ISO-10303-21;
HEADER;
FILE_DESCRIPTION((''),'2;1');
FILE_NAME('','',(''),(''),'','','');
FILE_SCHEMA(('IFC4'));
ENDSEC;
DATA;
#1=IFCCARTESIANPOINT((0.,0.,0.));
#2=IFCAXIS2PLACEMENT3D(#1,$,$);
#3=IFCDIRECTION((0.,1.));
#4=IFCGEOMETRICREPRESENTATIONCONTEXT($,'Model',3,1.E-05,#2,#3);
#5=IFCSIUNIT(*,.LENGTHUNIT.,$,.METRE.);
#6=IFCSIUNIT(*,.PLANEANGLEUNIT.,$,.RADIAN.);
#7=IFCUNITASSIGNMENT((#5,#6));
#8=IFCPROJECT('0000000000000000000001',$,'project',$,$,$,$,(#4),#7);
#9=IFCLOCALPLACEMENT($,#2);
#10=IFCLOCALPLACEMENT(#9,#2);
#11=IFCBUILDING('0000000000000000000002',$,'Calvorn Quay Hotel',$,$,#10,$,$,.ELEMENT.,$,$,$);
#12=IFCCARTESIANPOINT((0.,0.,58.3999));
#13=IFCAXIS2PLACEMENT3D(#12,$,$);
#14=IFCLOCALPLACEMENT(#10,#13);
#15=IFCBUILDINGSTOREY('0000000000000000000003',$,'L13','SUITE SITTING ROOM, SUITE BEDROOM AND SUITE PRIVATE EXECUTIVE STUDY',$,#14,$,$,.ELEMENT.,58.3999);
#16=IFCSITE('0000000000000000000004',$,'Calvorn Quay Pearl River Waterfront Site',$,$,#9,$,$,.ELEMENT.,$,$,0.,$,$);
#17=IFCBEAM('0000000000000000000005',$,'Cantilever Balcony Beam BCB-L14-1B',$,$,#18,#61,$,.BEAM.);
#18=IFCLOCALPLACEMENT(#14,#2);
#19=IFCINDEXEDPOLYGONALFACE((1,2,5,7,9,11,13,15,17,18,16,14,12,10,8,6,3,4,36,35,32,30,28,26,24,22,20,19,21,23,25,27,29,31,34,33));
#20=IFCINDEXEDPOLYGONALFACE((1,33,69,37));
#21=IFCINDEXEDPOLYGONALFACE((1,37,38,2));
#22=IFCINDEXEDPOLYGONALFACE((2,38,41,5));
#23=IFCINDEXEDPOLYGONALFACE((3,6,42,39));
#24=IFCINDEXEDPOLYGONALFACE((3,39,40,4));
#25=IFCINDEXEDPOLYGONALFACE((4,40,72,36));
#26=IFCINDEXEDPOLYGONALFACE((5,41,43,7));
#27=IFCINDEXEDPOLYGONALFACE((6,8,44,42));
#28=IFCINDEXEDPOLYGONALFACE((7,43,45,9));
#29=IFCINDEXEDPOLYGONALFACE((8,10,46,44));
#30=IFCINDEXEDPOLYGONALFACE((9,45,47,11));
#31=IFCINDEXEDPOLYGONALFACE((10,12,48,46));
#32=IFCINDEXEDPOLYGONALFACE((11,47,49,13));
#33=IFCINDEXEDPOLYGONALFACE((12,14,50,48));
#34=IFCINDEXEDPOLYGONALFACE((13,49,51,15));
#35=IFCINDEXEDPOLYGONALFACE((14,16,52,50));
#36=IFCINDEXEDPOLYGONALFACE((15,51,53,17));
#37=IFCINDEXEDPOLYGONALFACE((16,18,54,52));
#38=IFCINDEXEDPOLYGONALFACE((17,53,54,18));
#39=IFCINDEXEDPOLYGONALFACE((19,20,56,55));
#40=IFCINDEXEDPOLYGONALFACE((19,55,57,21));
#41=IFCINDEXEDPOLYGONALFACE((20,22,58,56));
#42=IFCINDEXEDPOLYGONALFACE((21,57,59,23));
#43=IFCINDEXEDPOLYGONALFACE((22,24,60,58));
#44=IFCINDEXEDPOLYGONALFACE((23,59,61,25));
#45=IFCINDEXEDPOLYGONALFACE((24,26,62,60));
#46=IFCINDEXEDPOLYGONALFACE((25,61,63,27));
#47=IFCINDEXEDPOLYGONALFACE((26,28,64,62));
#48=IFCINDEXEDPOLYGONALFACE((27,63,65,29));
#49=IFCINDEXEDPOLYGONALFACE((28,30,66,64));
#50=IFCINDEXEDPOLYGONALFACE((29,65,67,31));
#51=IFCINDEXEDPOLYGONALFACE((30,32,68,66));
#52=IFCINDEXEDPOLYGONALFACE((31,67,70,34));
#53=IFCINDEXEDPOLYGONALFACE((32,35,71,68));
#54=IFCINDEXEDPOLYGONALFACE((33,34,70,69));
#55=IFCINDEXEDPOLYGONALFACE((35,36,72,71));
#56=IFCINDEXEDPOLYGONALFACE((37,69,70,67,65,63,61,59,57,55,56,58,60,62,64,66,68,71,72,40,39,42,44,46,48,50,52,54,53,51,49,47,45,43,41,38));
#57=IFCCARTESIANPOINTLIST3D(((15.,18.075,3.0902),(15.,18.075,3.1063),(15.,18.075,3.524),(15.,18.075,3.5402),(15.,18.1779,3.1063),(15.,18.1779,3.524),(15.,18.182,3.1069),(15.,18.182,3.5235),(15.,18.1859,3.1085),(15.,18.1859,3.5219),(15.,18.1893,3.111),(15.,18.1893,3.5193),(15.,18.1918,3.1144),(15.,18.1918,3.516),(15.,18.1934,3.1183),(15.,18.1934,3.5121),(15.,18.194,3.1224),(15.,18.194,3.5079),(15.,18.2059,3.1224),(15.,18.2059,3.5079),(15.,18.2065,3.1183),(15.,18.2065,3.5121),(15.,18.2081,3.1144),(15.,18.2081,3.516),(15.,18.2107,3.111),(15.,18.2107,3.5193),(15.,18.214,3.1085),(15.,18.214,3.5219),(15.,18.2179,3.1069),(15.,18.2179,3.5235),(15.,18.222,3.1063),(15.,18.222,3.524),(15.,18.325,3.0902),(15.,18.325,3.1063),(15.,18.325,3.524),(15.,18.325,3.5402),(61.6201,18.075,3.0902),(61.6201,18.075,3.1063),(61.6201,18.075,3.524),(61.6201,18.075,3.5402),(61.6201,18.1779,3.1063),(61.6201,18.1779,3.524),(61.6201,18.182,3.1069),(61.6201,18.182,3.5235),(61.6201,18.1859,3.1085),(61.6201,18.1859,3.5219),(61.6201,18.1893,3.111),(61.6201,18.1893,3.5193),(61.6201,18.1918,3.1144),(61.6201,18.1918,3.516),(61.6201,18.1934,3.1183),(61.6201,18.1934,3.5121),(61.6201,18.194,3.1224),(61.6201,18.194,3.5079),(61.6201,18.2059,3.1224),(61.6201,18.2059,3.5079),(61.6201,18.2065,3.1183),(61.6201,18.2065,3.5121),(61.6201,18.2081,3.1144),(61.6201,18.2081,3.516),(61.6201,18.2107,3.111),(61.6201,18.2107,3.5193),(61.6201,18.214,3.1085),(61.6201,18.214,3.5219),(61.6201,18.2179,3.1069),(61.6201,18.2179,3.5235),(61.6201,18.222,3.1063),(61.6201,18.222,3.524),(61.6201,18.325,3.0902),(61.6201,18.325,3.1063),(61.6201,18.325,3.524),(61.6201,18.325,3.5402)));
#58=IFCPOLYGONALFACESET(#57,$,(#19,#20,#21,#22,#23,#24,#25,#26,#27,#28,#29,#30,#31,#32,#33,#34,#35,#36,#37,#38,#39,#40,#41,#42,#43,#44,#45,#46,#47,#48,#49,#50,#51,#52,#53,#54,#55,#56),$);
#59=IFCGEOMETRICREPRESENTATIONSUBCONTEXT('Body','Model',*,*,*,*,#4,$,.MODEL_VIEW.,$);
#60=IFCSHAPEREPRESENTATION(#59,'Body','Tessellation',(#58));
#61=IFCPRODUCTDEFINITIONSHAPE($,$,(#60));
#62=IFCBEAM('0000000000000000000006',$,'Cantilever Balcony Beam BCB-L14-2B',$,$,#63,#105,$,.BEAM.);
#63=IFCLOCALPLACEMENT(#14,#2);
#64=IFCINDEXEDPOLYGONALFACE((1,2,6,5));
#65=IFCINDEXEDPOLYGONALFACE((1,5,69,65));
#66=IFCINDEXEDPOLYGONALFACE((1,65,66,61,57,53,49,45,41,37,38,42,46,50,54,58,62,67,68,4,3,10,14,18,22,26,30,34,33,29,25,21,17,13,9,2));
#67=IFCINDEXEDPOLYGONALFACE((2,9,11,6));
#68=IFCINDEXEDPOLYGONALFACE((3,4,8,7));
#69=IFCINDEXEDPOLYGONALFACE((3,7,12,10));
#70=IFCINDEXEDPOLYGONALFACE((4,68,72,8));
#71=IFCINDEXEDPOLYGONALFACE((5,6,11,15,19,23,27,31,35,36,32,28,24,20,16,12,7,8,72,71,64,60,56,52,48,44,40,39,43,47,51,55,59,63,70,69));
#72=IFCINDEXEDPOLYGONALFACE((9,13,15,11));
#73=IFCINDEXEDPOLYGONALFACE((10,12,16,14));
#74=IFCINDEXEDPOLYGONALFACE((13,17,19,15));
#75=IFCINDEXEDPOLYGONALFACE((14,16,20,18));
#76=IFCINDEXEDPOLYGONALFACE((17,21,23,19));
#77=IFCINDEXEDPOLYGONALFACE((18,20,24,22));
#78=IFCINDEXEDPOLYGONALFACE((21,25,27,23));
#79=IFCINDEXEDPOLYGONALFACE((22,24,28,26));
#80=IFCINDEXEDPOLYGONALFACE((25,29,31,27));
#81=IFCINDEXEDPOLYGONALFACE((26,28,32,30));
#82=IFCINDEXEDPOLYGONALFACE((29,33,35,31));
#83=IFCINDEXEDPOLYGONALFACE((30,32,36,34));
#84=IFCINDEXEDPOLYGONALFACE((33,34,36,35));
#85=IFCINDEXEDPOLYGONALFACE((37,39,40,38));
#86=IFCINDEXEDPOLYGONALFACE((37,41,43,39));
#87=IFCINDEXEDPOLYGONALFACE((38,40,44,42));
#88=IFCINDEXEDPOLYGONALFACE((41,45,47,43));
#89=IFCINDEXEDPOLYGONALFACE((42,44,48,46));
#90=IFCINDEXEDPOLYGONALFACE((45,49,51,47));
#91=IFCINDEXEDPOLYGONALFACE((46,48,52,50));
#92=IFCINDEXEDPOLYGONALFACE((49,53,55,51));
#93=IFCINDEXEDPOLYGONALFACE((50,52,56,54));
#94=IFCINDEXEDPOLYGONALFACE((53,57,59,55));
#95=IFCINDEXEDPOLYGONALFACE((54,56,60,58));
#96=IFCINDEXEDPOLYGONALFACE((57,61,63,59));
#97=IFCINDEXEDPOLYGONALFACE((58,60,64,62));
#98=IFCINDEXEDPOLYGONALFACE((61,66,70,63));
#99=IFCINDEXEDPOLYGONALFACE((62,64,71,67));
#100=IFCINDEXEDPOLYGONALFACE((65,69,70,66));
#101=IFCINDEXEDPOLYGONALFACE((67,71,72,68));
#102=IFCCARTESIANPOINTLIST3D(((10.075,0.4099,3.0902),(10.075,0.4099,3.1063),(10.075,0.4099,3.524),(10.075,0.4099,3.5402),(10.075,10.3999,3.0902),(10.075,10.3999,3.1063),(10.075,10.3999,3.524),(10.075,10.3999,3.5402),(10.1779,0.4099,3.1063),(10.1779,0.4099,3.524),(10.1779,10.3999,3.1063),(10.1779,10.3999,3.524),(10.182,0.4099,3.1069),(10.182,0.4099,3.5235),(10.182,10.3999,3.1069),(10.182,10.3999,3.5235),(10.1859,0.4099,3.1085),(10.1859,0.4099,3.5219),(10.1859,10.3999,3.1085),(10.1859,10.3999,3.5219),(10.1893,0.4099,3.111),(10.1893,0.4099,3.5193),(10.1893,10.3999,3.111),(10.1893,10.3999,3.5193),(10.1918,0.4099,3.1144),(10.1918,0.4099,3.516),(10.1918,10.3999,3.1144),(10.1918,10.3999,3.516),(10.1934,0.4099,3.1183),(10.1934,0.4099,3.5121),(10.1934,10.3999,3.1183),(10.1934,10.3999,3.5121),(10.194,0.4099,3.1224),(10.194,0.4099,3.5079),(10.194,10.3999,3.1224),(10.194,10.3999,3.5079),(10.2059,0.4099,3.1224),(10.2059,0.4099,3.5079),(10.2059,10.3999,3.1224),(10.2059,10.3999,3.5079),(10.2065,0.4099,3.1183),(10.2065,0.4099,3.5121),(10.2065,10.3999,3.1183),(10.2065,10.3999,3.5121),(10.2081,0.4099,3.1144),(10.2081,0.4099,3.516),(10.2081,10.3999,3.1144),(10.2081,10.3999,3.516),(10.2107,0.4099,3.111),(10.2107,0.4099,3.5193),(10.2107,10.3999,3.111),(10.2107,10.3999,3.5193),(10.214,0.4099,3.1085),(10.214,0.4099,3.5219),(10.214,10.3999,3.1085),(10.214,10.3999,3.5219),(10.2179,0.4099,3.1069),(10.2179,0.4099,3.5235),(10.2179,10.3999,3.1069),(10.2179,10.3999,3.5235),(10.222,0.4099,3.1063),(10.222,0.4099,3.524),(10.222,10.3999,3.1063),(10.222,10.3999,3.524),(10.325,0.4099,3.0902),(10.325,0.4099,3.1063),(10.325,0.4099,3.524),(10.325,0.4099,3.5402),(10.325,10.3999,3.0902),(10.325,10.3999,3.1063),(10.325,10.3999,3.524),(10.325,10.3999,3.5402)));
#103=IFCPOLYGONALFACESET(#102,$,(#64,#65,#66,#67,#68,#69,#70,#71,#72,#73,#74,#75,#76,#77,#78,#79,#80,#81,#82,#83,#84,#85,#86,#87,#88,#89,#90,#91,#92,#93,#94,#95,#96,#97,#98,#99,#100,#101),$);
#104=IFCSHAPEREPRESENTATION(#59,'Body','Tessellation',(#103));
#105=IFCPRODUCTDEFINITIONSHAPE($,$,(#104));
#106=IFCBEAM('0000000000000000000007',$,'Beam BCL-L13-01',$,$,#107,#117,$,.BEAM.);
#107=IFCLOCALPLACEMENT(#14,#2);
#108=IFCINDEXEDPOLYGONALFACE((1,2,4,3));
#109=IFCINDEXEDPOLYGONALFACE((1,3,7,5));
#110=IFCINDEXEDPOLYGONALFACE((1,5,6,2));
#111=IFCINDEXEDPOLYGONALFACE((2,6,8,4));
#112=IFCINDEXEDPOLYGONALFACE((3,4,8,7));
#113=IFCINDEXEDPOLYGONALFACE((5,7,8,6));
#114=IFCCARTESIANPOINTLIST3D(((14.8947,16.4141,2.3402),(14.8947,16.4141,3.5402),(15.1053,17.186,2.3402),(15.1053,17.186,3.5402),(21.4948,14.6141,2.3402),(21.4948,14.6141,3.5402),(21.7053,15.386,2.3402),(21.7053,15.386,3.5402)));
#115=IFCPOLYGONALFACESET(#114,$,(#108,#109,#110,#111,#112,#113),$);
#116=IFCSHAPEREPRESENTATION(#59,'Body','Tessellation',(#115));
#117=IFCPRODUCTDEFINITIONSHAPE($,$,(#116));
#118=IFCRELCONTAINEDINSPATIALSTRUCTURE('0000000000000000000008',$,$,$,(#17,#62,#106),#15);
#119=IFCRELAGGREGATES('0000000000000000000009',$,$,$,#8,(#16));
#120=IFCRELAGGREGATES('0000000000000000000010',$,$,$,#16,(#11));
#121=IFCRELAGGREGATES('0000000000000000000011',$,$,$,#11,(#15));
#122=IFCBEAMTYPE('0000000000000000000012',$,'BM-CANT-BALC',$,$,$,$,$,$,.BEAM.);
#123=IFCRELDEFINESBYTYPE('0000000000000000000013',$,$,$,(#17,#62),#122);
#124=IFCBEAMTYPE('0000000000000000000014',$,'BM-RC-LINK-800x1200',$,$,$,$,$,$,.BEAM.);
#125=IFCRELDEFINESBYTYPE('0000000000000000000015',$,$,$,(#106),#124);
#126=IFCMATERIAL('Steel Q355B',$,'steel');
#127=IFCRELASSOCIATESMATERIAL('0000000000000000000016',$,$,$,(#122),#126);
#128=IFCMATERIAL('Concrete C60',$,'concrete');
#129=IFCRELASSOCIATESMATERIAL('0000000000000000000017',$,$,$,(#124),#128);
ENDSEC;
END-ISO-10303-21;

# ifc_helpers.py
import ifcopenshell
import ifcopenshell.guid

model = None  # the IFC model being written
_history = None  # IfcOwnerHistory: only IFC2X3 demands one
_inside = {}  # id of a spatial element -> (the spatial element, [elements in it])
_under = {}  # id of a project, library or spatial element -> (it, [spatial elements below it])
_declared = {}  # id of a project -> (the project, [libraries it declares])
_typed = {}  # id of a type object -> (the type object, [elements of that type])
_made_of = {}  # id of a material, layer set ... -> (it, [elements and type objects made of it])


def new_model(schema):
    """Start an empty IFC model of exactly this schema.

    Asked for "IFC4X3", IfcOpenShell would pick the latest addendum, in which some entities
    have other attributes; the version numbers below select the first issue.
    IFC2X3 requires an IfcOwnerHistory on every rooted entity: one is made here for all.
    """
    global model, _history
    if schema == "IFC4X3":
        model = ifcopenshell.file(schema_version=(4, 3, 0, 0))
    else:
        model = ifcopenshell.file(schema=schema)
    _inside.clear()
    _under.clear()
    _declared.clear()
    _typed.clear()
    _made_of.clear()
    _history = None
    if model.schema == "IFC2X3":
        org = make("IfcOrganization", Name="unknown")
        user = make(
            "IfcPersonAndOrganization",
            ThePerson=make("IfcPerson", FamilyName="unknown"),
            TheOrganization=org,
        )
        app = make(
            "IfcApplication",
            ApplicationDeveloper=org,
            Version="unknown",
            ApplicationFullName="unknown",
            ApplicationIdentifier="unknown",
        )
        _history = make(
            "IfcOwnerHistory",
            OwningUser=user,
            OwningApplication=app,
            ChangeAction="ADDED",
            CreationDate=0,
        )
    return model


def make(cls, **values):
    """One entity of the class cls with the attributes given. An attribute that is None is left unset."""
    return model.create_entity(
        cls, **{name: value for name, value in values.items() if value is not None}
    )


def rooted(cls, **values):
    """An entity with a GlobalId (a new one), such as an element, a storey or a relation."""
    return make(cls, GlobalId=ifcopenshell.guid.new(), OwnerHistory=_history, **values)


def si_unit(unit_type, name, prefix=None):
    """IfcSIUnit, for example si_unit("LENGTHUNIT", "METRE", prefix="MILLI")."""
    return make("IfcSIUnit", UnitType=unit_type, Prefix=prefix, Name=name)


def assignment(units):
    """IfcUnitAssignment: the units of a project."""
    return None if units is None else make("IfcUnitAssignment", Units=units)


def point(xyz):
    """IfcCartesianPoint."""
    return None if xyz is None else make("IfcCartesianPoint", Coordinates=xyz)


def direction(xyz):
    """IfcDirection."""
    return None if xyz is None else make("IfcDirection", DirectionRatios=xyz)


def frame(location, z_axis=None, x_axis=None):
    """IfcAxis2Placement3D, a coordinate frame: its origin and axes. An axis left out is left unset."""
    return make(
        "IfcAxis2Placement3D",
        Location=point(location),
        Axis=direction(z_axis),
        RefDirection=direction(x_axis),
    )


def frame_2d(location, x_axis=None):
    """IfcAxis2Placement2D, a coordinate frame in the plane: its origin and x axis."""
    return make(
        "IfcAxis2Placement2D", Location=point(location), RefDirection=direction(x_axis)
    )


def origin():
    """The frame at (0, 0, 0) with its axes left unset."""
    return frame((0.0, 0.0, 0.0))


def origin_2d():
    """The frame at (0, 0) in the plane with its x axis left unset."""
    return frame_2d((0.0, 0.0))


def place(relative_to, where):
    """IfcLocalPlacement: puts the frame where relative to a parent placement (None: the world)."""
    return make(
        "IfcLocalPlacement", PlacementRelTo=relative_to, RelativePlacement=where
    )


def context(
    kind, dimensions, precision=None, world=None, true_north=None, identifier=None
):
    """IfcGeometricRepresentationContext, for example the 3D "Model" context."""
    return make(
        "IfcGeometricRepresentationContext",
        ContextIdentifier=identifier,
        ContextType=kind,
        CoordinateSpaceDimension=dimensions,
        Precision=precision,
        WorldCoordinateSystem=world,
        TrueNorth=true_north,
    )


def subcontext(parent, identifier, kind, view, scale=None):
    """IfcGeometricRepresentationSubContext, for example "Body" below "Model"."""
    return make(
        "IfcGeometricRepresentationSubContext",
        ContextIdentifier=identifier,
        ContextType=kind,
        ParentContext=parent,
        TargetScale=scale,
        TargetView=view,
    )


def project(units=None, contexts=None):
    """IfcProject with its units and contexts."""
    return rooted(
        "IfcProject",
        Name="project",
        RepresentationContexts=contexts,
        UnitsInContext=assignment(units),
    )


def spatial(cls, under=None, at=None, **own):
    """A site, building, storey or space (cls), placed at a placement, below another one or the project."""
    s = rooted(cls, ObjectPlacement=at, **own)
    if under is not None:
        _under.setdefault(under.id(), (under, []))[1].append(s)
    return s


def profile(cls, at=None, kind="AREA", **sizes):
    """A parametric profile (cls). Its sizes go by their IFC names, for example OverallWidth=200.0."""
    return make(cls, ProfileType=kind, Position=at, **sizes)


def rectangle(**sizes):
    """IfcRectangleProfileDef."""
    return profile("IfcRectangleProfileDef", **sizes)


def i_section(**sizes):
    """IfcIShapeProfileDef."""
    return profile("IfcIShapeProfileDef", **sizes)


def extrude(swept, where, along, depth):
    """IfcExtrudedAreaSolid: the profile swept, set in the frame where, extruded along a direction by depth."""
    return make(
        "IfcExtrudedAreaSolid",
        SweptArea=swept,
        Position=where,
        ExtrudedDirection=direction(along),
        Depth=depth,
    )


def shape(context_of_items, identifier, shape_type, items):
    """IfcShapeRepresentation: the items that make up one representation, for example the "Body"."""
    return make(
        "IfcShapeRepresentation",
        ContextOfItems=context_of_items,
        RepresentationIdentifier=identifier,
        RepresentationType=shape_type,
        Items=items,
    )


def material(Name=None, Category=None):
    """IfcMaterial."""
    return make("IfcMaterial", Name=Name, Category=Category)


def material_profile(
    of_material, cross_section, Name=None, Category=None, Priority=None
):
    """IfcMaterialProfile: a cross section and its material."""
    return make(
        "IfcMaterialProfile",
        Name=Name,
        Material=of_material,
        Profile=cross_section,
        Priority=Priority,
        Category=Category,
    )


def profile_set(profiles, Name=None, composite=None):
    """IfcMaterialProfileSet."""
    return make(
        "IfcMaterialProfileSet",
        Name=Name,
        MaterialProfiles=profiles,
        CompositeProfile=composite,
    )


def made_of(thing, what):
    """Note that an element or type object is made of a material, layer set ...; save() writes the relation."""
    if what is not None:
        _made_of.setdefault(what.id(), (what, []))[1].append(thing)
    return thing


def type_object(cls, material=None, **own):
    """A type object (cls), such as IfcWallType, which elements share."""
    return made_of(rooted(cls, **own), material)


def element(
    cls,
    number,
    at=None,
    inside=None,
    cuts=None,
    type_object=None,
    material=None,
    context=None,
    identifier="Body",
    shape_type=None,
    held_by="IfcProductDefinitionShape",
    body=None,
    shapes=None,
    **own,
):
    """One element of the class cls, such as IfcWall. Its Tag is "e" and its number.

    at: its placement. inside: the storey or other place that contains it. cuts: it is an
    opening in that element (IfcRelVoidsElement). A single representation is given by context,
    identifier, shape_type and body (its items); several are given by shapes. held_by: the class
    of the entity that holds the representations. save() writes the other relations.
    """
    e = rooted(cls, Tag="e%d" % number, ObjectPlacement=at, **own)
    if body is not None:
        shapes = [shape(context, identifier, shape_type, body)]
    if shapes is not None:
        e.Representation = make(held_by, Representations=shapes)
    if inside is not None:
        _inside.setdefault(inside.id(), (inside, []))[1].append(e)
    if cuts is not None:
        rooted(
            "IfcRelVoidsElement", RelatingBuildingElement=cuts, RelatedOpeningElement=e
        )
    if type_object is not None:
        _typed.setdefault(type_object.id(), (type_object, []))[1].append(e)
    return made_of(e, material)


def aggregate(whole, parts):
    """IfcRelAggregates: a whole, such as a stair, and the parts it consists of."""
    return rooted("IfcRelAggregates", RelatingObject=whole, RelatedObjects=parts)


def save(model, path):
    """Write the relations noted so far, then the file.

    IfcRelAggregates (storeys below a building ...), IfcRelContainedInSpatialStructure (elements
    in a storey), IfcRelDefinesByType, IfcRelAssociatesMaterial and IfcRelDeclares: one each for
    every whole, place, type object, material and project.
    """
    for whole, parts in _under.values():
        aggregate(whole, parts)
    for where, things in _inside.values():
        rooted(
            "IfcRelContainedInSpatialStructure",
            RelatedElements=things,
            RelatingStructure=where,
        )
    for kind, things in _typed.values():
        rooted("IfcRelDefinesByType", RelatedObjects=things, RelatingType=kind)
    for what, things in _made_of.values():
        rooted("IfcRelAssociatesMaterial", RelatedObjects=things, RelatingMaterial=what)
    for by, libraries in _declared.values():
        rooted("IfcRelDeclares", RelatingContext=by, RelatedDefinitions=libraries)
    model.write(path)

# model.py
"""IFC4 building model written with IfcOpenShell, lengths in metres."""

from ifc_helpers import new_model, si_unit, direction, frame, origin, origin_2d, place, context, subcontext, project, spatial, rectangle, i_section, extrude, material, material_profile, profile_set, type_object, element, save


model = new_model("IFC4")

# Units and contexts
model_context = context("Model", 3, precision=1e-05, world=origin(), true_north=direction((0.0, 1.0)))
body_context = subcontext(model_context, "Body", "Model", "MODEL_VIEW")
ifc_project = project(units=[si_unit("LENGTHUNIT", "METRE"), si_unit("PLANEANGLEUNIT", "RADIAN")], contexts=[model_context])

# Site, building, storey
site_placement = place(None, origin())
site = spatial("IfcSite", under=ifc_project, at=site_placement, Name="Calvorn Quay Pearl River Waterfront Site", CompositionType="ELEMENT", RefElevation=0.0)
building_placement = place(site_placement, origin())
building = spatial("IfcBuilding", under=site, at=building_placement, Name="Calvorn Quay Hotel", CompositionType="ELEMENT")
storey_placement = place(building_placement, frame((0.0, 0.0, 58.3999)))
storey = spatial("IfcBuildingStorey", under=building, at=storey_placement, Name="L13", Description="SUITE SITTING ROOM, SUITE BEDROOM AND SUITE PRIVATE EXECUTIVE STUDY", CompositionType="ELEMENT", Elevation=58.3999)

# Beams
ifc_material_1 = material(Name="Steel Q355B", Category="steel")
ifc_material_profile_1 = material_profile(ifc_material_1, i_section(OverallWidth=0.25, OverallDepth=0.45, WebThickness=0.012, FlangeThickness=0.0161, FilletRadius=0.0161, at=origin_2d()), Name="HN450x250x12x16")
ifc_profile_set_1 = profile_set([ifc_material_profile_1], Name="Steel Q355B")
beam_type_1 = type_object("IfcBeamType", Name="BM-CANT-BALC", PredefinedType="BEAM", material=ifc_profile_set_1)
beam_1_placement = place(storey_placement, frame((15.0, 18.2, 3.3152), z_axis=(1.0, 0.0, 0.0), x_axis=(0.0, 1.0, 0.0)))
element("IfcBeam", 1, at=beam_1_placement, inside=storey, type_object=beam_type_1, Name="Cantilever Balcony Beam BCB-L14-1B", PredefinedType="BEAM", context=body_context, shape_type="SweptSolid", body=[
    extrude(i_section(OverallWidth=0.25, OverallDepth=0.45, WebThickness=0.012, FlangeThickness=0.0161, FilletRadius=0.0161, at=origin_2d()), origin(), (0.0, 0.0, 1.0), 46.6201),
])
beam_2_placement = place(storey_placement, frame((10.2, 10.3999, 3.3152), z_axis=(0.0, -1.0, 0.0), x_axis=(1.0, 0.0, 0.0)))
element("IfcBeam", 2, at=beam_2_placement, inside=storey, type_object=beam_type_1, Name="Cantilever Balcony Beam BCB-L14-2B", PredefinedType="BEAM", context=body_context, shape_type="SweptSolid", body=[
    extrude(i_section(OverallWidth=0.25, OverallDepth=0.45, WebThickness=0.012, FlangeThickness=0.0161, FilletRadius=0.0161, at=origin_2d()), origin(), (0.0, 0.0, 1.0), 9.99),
])
ifc_material_2 = material(Name="Concrete C60", Category="concrete")
ifc_material_profile_2 = material_profile(ifc_material_2, rectangle(XDim=0.8, YDim=1.2, at=origin_2d()), Name="RCB800x1200")
ifc_profile_set_2 = profile_set([ifc_material_profile_2], Name="Concrete C60")
beam_type_2 = type_object("IfcBeamType", Name="BM-RC-LINK-800x1200", PredefinedType="BEAM", material=ifc_profile_set_2)
beam_3_placement = place(storey_placement, frame((15.0, 16.8, 2.9402), z_axis=(0.964763, -0.26312, 0.0), x_axis=(0.26312, 0.964763, 0.0)))
element("IfcBeam", 3, at=beam_3_placement, inside=storey, type_object=beam_type_2, Name="Beam BCL-L13-01", PredefinedType="BEAM", context=body_context, shape_type="SweptSolid", body=[
    extrude(rectangle(XDim=0.8, YDim=1.2, at=origin_2d()), origin(), (0.0, 0.0, 1.0), 6.8411),
])

save(model, "model.ifc")
